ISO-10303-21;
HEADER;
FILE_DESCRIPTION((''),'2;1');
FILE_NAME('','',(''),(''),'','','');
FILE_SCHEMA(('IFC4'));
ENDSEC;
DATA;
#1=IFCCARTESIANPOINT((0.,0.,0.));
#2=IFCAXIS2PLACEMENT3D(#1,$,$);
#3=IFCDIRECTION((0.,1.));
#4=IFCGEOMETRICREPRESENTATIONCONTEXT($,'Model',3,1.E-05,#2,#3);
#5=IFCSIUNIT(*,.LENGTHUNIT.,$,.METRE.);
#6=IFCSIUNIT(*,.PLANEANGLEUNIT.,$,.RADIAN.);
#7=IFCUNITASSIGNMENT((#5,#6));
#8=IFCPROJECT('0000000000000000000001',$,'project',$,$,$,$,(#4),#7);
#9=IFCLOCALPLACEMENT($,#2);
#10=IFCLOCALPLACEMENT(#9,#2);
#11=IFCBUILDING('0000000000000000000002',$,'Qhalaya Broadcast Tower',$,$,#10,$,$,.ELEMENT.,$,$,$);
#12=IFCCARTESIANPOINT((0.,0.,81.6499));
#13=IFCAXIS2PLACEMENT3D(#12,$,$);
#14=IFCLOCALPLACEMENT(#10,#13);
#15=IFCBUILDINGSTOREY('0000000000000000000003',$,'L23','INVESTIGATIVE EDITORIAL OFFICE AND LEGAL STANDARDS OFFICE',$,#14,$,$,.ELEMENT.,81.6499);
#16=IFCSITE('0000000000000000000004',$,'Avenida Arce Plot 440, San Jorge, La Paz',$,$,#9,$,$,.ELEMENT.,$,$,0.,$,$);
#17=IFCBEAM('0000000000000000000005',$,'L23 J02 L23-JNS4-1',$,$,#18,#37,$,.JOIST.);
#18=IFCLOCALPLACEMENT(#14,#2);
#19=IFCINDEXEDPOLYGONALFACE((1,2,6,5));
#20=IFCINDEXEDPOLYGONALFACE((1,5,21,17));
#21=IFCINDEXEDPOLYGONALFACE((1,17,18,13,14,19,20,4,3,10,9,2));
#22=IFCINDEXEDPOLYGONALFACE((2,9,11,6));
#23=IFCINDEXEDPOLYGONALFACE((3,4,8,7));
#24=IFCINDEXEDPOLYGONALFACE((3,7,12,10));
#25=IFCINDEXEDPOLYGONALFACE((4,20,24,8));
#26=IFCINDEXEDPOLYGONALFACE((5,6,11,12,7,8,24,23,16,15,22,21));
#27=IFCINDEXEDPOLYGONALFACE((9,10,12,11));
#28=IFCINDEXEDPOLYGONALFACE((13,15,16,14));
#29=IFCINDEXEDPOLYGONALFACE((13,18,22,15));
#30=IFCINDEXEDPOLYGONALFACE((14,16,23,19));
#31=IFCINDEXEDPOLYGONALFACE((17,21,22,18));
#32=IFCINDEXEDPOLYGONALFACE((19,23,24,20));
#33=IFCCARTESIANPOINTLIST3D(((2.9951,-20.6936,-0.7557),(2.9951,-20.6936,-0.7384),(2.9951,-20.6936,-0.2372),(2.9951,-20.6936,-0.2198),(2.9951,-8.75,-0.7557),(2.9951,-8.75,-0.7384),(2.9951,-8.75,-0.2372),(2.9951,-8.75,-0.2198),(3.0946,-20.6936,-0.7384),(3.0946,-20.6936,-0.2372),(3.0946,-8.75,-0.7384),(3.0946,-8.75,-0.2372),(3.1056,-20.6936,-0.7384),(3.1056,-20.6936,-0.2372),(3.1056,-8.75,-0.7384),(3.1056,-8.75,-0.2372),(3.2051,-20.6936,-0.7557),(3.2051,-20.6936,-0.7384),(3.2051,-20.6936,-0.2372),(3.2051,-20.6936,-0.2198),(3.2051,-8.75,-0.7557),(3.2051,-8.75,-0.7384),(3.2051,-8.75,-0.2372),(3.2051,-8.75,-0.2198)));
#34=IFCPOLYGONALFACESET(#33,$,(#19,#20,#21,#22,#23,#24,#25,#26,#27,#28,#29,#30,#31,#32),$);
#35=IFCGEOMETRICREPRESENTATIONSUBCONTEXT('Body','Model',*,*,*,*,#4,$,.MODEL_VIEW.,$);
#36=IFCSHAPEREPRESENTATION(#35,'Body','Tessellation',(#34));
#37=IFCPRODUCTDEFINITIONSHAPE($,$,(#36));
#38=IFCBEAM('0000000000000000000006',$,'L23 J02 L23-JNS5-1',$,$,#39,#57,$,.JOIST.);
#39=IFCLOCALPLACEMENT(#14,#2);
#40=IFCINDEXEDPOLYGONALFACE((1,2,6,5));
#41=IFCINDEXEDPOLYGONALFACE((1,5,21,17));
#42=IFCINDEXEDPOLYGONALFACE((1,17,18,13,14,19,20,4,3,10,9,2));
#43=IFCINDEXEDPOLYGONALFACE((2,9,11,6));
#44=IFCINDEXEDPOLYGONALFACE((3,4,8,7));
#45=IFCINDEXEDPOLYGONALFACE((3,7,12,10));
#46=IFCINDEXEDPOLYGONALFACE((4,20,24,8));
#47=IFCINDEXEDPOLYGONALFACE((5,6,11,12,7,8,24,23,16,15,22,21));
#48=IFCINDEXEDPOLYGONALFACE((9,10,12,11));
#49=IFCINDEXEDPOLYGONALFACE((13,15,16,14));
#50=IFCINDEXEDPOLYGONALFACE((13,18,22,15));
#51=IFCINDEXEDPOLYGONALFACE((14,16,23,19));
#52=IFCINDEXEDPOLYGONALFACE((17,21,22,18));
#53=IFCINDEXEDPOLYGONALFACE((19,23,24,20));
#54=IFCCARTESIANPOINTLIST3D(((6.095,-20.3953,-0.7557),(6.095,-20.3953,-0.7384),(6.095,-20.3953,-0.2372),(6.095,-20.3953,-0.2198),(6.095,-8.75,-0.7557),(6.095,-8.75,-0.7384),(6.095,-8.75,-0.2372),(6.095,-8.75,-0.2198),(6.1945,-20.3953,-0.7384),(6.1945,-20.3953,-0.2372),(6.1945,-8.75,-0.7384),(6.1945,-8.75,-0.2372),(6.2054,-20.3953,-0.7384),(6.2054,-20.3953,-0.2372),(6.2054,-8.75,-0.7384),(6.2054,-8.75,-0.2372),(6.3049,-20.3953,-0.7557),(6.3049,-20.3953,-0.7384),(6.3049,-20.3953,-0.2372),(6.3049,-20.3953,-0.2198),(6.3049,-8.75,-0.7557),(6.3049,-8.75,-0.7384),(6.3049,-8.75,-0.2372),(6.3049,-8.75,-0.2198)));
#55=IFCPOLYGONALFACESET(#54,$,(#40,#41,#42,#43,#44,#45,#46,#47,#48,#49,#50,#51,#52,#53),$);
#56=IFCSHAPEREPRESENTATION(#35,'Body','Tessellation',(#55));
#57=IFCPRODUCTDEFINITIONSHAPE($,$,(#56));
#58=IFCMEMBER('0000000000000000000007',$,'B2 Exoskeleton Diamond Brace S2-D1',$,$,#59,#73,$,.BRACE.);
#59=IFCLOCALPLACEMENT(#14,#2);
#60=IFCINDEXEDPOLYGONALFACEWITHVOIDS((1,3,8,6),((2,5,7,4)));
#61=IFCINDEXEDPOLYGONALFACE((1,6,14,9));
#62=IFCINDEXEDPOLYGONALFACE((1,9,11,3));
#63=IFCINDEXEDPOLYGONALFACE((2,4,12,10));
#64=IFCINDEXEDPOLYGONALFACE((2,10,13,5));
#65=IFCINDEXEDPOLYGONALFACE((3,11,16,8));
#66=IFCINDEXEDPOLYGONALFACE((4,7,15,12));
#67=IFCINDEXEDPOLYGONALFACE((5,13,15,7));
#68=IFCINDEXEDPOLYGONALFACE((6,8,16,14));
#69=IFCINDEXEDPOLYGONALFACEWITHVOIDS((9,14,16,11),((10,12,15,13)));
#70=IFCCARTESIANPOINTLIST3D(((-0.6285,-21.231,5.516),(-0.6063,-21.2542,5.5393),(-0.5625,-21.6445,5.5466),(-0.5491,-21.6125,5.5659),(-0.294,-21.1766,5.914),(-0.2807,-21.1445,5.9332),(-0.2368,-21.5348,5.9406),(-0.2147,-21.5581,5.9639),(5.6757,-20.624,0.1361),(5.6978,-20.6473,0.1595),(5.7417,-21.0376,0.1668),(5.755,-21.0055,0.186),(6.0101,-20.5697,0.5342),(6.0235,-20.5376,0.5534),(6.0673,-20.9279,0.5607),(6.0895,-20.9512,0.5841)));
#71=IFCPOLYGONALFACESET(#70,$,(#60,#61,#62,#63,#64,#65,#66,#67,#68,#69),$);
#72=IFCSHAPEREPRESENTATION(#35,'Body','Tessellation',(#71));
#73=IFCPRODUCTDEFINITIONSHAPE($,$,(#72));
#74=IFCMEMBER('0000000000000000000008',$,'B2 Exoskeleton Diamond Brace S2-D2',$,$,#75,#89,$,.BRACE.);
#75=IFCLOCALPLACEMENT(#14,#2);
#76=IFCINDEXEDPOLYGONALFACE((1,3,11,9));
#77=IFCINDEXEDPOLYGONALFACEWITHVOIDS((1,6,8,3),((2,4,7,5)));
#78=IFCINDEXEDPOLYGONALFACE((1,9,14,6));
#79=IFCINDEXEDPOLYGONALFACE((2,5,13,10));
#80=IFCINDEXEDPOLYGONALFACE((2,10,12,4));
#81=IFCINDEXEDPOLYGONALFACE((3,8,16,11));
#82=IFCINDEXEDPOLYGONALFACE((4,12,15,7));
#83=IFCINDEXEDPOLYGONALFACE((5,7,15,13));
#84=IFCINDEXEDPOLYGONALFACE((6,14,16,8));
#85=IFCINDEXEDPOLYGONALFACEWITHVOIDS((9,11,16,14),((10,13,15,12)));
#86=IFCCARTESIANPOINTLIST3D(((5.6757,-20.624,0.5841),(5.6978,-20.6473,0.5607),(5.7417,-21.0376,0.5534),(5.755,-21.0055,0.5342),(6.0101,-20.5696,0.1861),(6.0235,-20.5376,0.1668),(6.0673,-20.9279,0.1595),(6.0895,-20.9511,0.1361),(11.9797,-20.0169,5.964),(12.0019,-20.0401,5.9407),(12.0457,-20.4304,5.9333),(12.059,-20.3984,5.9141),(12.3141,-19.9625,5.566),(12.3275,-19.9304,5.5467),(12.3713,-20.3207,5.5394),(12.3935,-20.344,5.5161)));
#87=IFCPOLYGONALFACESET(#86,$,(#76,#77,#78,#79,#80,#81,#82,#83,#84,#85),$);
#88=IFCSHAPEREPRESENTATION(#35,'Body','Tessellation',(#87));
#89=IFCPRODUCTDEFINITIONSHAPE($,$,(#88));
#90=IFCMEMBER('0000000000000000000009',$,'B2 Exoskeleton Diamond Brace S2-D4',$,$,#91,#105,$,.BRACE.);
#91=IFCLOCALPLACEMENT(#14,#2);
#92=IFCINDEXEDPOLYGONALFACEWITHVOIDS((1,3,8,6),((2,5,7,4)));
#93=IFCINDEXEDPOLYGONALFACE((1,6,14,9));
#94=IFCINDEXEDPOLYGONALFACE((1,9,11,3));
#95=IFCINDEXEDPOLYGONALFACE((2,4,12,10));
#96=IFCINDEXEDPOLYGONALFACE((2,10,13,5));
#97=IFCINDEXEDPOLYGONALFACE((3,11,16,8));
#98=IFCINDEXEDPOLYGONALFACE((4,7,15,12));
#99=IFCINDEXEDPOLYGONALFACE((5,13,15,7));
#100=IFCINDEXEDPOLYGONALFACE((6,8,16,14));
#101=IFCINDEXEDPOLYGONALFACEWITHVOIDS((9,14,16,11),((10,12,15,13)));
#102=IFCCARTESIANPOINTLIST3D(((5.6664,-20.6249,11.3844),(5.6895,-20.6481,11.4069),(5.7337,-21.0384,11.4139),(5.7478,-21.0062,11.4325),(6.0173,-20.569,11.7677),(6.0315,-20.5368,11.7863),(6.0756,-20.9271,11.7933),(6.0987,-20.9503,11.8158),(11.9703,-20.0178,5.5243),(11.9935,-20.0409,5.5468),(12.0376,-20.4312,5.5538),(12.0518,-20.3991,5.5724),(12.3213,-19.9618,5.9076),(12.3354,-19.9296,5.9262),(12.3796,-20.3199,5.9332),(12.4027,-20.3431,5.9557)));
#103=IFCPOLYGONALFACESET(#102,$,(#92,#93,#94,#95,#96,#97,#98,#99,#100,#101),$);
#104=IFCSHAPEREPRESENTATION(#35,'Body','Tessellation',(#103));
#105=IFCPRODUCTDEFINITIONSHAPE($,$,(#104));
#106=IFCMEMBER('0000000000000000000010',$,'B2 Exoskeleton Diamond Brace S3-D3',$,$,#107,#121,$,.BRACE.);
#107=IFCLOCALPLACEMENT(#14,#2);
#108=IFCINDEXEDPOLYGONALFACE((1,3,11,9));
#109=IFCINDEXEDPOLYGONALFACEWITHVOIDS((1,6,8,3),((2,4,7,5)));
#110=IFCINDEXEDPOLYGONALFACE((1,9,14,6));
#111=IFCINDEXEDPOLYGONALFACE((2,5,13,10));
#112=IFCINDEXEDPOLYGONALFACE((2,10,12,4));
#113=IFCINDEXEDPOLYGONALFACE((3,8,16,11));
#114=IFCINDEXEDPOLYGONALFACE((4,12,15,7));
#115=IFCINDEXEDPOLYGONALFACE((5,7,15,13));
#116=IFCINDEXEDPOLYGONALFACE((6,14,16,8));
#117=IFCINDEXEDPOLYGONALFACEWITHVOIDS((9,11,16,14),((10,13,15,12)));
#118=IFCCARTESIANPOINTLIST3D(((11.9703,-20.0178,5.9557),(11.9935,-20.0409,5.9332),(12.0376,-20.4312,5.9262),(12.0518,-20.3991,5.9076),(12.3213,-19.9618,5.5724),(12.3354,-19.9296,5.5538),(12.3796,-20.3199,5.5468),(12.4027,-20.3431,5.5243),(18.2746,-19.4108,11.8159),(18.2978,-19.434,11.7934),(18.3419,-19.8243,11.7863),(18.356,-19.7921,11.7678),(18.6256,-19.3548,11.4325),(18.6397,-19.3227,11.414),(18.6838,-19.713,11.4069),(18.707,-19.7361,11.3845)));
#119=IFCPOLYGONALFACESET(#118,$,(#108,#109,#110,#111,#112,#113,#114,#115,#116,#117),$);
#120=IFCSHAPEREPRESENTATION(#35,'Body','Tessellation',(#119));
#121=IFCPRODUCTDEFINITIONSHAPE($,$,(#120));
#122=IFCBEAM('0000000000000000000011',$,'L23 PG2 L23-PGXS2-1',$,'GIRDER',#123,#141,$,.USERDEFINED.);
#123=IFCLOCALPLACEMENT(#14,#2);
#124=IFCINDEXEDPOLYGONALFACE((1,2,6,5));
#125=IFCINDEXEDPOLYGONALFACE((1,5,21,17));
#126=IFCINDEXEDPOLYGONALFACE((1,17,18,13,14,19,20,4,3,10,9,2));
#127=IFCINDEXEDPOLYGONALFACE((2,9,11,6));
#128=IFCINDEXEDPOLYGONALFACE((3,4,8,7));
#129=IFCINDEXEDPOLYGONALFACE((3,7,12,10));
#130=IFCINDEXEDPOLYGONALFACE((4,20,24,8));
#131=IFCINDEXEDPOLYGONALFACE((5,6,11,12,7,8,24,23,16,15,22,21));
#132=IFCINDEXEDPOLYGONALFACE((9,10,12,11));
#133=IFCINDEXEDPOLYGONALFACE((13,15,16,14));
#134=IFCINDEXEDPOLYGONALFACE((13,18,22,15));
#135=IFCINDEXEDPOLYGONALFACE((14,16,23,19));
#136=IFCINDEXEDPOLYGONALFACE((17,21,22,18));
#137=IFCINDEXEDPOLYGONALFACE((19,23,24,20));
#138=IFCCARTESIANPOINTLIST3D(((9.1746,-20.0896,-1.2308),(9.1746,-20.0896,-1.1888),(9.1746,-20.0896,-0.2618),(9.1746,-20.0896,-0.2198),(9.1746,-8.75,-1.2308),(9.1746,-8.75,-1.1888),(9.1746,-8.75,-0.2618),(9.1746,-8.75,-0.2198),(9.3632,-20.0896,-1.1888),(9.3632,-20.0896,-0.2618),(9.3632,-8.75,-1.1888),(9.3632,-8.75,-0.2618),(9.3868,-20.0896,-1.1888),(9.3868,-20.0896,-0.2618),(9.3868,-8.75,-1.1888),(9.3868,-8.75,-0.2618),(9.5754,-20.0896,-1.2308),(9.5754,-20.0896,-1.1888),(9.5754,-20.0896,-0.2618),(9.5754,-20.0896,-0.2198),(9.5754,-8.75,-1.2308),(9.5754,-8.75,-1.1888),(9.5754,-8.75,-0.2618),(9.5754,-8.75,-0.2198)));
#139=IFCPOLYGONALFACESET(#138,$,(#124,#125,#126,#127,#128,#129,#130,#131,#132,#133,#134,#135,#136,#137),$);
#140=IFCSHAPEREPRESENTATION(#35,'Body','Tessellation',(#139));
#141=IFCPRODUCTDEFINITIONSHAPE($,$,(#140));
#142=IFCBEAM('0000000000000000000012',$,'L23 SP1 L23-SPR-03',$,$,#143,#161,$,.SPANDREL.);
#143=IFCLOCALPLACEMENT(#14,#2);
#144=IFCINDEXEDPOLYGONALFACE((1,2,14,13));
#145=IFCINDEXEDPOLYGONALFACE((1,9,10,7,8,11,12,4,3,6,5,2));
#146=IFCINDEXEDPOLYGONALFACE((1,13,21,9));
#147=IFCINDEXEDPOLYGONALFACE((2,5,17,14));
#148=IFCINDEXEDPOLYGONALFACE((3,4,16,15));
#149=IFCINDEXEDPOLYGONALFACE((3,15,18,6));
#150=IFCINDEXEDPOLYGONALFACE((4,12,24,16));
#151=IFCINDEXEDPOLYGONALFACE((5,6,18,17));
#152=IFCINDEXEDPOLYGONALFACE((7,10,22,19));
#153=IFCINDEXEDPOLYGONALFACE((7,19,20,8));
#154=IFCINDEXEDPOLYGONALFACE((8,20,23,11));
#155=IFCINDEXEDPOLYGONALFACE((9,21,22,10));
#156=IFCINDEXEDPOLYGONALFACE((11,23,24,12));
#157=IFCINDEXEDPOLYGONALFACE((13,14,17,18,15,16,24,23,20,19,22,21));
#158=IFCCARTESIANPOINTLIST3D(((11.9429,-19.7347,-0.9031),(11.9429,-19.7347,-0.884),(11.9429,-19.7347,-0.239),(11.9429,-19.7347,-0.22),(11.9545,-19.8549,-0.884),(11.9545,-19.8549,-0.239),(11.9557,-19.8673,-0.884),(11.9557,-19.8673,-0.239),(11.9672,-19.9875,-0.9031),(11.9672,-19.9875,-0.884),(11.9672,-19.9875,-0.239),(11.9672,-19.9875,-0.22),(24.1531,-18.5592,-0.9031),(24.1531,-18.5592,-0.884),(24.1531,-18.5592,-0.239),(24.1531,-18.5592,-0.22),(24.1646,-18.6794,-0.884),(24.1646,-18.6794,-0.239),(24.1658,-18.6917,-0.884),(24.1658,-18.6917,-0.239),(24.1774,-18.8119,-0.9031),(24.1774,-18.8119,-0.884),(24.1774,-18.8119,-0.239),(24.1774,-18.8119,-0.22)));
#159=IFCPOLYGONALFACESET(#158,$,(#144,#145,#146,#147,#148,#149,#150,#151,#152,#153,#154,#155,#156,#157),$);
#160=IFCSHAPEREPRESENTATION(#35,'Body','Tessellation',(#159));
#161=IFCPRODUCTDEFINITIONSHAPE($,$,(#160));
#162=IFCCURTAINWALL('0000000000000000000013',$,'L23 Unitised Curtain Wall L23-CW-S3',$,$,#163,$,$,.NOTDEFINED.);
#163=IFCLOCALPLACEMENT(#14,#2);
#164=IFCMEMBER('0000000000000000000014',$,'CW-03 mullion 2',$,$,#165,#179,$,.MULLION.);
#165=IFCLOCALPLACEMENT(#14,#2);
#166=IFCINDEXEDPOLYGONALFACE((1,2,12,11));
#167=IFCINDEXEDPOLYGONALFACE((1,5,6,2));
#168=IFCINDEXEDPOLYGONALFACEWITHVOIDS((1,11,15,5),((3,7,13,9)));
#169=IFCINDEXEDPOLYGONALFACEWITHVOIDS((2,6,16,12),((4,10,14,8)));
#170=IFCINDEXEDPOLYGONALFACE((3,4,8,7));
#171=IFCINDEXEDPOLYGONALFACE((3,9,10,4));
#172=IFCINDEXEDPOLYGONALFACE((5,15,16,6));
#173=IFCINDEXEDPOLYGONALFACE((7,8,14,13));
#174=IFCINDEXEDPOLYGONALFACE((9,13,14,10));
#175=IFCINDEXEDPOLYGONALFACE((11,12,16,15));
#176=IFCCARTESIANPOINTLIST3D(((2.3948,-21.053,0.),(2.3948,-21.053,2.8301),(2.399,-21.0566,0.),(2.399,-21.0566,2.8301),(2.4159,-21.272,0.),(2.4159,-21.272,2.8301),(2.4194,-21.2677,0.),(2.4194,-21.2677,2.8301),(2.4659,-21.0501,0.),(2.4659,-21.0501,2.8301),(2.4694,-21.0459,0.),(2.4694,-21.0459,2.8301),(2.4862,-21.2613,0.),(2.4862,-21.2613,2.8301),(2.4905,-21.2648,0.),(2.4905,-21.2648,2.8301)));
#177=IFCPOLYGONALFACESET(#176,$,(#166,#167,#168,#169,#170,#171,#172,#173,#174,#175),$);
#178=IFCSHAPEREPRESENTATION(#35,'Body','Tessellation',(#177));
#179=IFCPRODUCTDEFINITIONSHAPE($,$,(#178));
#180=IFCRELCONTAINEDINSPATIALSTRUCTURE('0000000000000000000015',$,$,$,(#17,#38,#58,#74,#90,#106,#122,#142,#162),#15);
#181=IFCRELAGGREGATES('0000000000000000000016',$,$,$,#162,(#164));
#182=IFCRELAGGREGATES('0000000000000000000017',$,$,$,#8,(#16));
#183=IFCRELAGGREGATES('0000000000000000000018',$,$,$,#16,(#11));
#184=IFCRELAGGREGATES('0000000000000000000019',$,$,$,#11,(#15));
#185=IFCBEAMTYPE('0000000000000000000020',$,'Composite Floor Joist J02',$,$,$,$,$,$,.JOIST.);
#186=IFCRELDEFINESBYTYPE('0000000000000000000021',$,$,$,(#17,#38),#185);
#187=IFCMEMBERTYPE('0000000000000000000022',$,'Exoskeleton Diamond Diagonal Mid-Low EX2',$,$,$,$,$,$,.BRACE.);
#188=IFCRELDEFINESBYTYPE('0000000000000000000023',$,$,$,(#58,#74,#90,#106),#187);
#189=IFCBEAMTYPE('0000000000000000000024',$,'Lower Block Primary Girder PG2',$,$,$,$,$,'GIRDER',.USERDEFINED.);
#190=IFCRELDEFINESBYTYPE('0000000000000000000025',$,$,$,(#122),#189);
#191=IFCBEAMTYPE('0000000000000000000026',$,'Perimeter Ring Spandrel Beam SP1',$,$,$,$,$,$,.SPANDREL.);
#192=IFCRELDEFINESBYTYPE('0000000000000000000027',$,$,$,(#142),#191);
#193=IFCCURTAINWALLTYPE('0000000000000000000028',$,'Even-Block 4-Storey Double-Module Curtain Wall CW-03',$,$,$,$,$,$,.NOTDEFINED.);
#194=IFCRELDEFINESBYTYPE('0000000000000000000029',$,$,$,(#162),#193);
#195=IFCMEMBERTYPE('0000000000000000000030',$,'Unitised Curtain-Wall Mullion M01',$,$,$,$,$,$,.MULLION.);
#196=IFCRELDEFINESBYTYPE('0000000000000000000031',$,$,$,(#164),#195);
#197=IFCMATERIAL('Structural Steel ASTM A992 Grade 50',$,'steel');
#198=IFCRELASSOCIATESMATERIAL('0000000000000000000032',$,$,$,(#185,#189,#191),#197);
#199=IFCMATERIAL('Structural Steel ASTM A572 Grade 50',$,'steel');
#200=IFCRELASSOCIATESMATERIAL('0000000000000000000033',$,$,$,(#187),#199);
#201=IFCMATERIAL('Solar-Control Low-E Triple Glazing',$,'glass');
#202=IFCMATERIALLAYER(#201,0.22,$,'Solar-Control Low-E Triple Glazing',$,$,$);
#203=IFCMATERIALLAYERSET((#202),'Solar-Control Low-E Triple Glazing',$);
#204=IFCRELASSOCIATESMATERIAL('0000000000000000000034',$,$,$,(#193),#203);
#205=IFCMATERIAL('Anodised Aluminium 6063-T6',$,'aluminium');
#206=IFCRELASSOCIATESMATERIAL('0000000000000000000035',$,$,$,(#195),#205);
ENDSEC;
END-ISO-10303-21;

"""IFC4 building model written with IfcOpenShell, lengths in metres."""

from ifc_helpers import new_model, si_unit, direction, frame, origin, origin_2d, place, context, subcontext, project, spatial, hollow_rectangle, i_section, extrude, material, layer, layer_set, material_profile, profile_set, type_object, element, aggregate, save


model = new_model("IFC4")

# Units and contexts
model_context = context("Model", 3, precision=1e-05, world=origin(), true_north=direction((0.0, 1.0)))
body_context = subcontext(model_context, "Body", "Model", "MODEL_VIEW")
ifc_project = project(units=[si_unit("LENGTHUNIT", "METRE"), si_unit("PLANEANGLEUNIT", "RADIAN")], contexts=[model_context])

# Site, building, storey
site_placement = place(None, origin())
site = spatial("IfcSite", under=ifc_project, at=site_placement, Name="Avenida Arce Plot 440, San Jorge, La Paz", CompositionType="ELEMENT", RefElevation=0.0)
building_placement = place(site_placement, origin())
building = spatial("IfcBuilding", under=site, at=building_placement, Name="Qhalaya Broadcast Tower", CompositionType="ELEMENT")
storey_placement = place(building_placement, frame((0.0, 0.0, 81.6499)))
storey = spatial("IfcBuildingStorey", under=building, at=storey_placement, Name="L23", Description="INVESTIGATIVE EDITORIAL OFFICE AND LEGAL STANDARDS OFFICE", CompositionType="ELEMENT", Elevation=81.6499)

# Beams
ifc_material_1 = material(Name="Structural Steel ASTM A992 Grade 50", Category="steel")
ifc_material_profile_1 = material_profile(ifc_material_1, i_section(OverallWidth=0.21, OverallDepth=0.5359, WebThickness=0.011, FlangeThickness=0.0173, at=origin_2d()), Name="W21X68")
ifc_profile_set_1 = profile_set([ifc_material_profile_1], Name="Structural Steel ASTM A992 Grade 50")
beam_type_1 = type_object("IfcBeamType", Name="Composite Floor Joist J02", PredefinedType="JOIST", material=ifc_profile_set_1)
beam_1_placement = place(storey_placement, frame((3.1001, -20.6936, -0.4878), z_axis=(0.0, 1.0, 0.0), x_axis=(-1.0, 0.0, 0.0)))
element("IfcBeam", 1, at=beam_1_placement, inside=storey, type_object=beam_type_1, Name="L23 J02 L23-JNS4-1", PredefinedType="JOIST", context=body_context, shape_type="SweptSolid", body=[
    extrude(i_section(OverallWidth=0.21, OverallDepth=0.5359, WebThickness=0.011, FlangeThickness=0.0173, at=origin_2d()), origin(), (0.0, 0.0, 1.0), 11.9436),
])
beam_2_placement = place(storey_placement, frame((6.2, -20.3953, -0.4878), z_axis=(0.0, 1.0, 0.0), x_axis=(-1.0, 0.0, 0.0)))
element("IfcBeam", 2, at=beam_2_placement, inside=storey, type_object=beam_type_1, Name="L23 J02 L23-JNS5-1", PredefinedType="JOIST", context=body_context, shape_type="SweptSolid", body=[
    extrude(i_section(OverallWidth=0.21, OverallDepth=0.5359, WebThickness=0.011, FlangeThickness=0.0173, at=origin_2d()), origin(), (0.0, 0.0, 1.0), 11.6453),
])

# Members
ifc_material_2 = material(Name="Structural Steel ASTM A572 Grade 50", Category="steel")
ifc_material_profile_2 = material_profile(ifc_material_2, hollow_rectangle(XDim=0.4199, YDim=0.55, WallThickness=0.0281, at=origin_2d()), Name="BOX 420x550x28")
ifc_profile_set_2 = profile_set([ifc_material_profile_2], Name="Structural Steel ASTM A572 Grade 50")
member_type_1 = type_object("IfcMemberType", Name="Exoskeleton Diamond Diagonal Mid-Low EX2", PredefinedType="BRACE", material=ifc_profile_set_2)
for number, where, z_axis, x_axis, name in (
    (3, (5.8826, -20.7876, 0.3601), (-0.758637, -0.073037, 0.647406), (0.157156, -0.984869, 0.073048), "B2 Exoskeleton Diamond Brace S2-D1"),
    (4, (5.8826, -20.7876, 0.3601), (0.758623, 0.073068, 0.647419), (-0.157198, 0.984862, 0.073047), "B2 Exoskeleton Diamond Brace S2-D2"),
):
    element("IfcMember", number, at=place(storey_placement, frame(where, z_axis=z_axis, x_axis=x_axis)), inside=storey, type_object=member_type_1, Name=name, PredefinedType="BRACE", context=body_context, shape_type="SweptSolid", body=[
        extrude(hollow_rectangle(XDim=0.4199, YDim=0.55, WallThickness=0.0281, at=origin_2d()), origin(), (0.0, 0.0, 1.0), 8.3098),
    ])
member_1_placement = place(storey_placement, frame((12.1865, -20.1804, 5.74), z_axis=(-0.730605, -0.07037, 0.679165), x_axis=(0.160227, -0.98457, 0.070349)))
element("IfcMember", 5, at=member_1_placement, inside=storey, type_object=member_type_1, Name="B2 Exoskeleton Diamond Brace S2-D4", PredefinedType="BRACE", context=body_context, shape_type="SweptSolid", body=[
    extrude(hollow_rectangle(XDim=0.4199, YDim=0.55, WallThickness=0.0281, at=origin_2d()), origin(), (0.0, 0.0, 1.0), 8.6284),
])
member_2_placement = place(storey_placement, frame((12.1865, -20.1804, 5.74), z_axis=(0.73062, 0.07034, 0.679152), x_axis=(-0.160184, 0.984577, 0.070351)))
element("IfcMember", 6, at=member_2_placement, inside=storey, type_object=member_type_1, Name="B2 Exoskeleton Diamond Brace S3-D3", PredefinedType="BRACE", context=body_context, shape_type="SweptSolid", body=[
    extrude(hollow_rectangle(XDim=0.4199, YDim=0.55, WallThickness=0.0281, at=origin_2d()), origin(), (0.0, 0.0, 1.0), 8.6287),
])

# Beams
ifc_material_profile_3 = material_profile(ifc_material_1, i_section(OverallWidth=0.4009, OverallDepth=1.011, WebThickness=0.0237, FlangeThickness=0.042, at=origin_2d()), Name="W40X297")
ifc_profile_set_3 = profile_set([ifc_material_profile_3], Name="Structural Steel ASTM A992 Grade 50")
beam_type_2 = type_object("IfcBeamType", Name="Lower Block Primary Girder PG2", ElementType="GIRDER", PredefinedType="USERDEFINED", material=ifc_profile_set_3)
beam_3_placement = place(storey_placement, frame((9.375, -20.0896, -0.7253), z_axis=(0.0, 1.0, 0.0), x_axis=(-1.0, 0.0, 0.0)))
element("IfcBeam", 7, at=beam_3_placement, inside=storey, type_object=beam_type_2, Name="L23 PG2 L23-PGXS2-1", ObjectType="GIRDER", PredefinedType="USERDEFINED", context=body_context, shape_type="SweptSolid", body=[
    extrude(i_section(OverallWidth=0.4009, OverallDepth=1.011, WebThickness=0.0237, FlangeThickness=0.042, at=origin_2d()), origin(), (0.0, 0.0, 1.0), 11.3396),
])
ifc_material_profile_4 = material_profile(ifc_material_1, i_section(OverallWidth=0.2539, OverallDepth=0.6831, WebThickness=0.0125, FlangeThickness=0.019, at=origin_2d()), Name="W27X94")
ifc_profile_set_4 = profile_set([ifc_material_profile_4], Name="Structural Steel ASTM A992 Grade 50")
beam_type_3 = type_object("IfcBeamType", Name="Perimeter Ring Spandrel Beam SP1", PredefinedType="SPANDREL", material=ifc_profile_set_4)
beam_4_placement = place(storey_placement, frame((11.9551, -19.8611, -0.5615), z_axis=(0.995398, 0.095832, 0.0), x_axis=(-0.095832, 0.995398, 0.0)))
element("IfcBeam", 8, at=beam_4_placement, inside=storey, type_object=beam_type_3, Name="L23 SP1 L23-SPR-03", PredefinedType="SPANDREL", context=body_context, shape_type="SweptSolid", body=[
    extrude(i_section(OverallWidth=0.2539, OverallDepth=0.6831, WebThickness=0.0125, FlangeThickness=0.019, at=origin_2d()), origin(), (0.0, 0.0, 1.0), 12.2666),
])

# Curtain wall, member
ifc_material_3 = material(Name="Solar-Control Low-E Triple Glazing", Category="glass")
ifc_layer_1 = layer(ifc_material_3, 0.22, Name="Solar-Control Low-E Triple Glazing")
ifc_layer_set_1 = layer_set([ifc_layer_1], Name="Solar-Control Low-E Triple Glazing")
curtain_wall_type_1 = type_object("IfcCurtainWallType", Name="Even-Block 4-Storey Double-Module Curtain Wall CW-03", PredefinedType="NOTDEFINED", material=ifc_layer_set_1)
curtain_wall_1_placement = place(storey_placement, origin())
curtain_wall_1 = element("IfcCurtainWall", 9, at=curtain_wall_1_placement, inside=storey, type_object=curtain_wall_type_1, Name="L23 Unitised Curtain Wall L23-CW-S3", PredefinedType="NOTDEFINED")
ifc_material_4 = material(Name="Anodised Aluminium 6063-T6", Category="aluminium")
ifc_material_profile_5 = material_profile(ifc_material_4, hollow_rectangle(XDim=0.075, YDim=0.22, WallThickness=0.0039, at=origin_2d()), Name="ALU-MUL 75x220x4")
ifc_profile_set_5 = profile_set([ifc_material_profile_5], Name="Anodised Aluminium 6063-T6")
member_type_2 = type_object("IfcMemberType", Name="Unitised Curtain-Wall Mullion M01", PredefinedType="MULLION", material=ifc_profile_set_5)
member_3_placement = place(storey_placement, frame((2.4426, -21.1589, 0.0), z_axis=(0.0, 0.0, 1.0), x_axis=(0.995396, 0.095844, 0.0)))
member_3 = element("IfcMember", 10, at=member_3_placement, type_object=member_type_2, Name="CW-03 mullion 2", PredefinedType="MULLION", context=body_context, shape_type="SweptSolid", body=[
    extrude(hollow_rectangle(XDim=0.075, YDim=0.22, WallThickness=0.0039, at=origin_2d()), origin(), (0.0, 0.0, 1.0), 2.8301),
])
aggregate(curtain_wall_1, [member_3])

save(model, "model.ifc")
